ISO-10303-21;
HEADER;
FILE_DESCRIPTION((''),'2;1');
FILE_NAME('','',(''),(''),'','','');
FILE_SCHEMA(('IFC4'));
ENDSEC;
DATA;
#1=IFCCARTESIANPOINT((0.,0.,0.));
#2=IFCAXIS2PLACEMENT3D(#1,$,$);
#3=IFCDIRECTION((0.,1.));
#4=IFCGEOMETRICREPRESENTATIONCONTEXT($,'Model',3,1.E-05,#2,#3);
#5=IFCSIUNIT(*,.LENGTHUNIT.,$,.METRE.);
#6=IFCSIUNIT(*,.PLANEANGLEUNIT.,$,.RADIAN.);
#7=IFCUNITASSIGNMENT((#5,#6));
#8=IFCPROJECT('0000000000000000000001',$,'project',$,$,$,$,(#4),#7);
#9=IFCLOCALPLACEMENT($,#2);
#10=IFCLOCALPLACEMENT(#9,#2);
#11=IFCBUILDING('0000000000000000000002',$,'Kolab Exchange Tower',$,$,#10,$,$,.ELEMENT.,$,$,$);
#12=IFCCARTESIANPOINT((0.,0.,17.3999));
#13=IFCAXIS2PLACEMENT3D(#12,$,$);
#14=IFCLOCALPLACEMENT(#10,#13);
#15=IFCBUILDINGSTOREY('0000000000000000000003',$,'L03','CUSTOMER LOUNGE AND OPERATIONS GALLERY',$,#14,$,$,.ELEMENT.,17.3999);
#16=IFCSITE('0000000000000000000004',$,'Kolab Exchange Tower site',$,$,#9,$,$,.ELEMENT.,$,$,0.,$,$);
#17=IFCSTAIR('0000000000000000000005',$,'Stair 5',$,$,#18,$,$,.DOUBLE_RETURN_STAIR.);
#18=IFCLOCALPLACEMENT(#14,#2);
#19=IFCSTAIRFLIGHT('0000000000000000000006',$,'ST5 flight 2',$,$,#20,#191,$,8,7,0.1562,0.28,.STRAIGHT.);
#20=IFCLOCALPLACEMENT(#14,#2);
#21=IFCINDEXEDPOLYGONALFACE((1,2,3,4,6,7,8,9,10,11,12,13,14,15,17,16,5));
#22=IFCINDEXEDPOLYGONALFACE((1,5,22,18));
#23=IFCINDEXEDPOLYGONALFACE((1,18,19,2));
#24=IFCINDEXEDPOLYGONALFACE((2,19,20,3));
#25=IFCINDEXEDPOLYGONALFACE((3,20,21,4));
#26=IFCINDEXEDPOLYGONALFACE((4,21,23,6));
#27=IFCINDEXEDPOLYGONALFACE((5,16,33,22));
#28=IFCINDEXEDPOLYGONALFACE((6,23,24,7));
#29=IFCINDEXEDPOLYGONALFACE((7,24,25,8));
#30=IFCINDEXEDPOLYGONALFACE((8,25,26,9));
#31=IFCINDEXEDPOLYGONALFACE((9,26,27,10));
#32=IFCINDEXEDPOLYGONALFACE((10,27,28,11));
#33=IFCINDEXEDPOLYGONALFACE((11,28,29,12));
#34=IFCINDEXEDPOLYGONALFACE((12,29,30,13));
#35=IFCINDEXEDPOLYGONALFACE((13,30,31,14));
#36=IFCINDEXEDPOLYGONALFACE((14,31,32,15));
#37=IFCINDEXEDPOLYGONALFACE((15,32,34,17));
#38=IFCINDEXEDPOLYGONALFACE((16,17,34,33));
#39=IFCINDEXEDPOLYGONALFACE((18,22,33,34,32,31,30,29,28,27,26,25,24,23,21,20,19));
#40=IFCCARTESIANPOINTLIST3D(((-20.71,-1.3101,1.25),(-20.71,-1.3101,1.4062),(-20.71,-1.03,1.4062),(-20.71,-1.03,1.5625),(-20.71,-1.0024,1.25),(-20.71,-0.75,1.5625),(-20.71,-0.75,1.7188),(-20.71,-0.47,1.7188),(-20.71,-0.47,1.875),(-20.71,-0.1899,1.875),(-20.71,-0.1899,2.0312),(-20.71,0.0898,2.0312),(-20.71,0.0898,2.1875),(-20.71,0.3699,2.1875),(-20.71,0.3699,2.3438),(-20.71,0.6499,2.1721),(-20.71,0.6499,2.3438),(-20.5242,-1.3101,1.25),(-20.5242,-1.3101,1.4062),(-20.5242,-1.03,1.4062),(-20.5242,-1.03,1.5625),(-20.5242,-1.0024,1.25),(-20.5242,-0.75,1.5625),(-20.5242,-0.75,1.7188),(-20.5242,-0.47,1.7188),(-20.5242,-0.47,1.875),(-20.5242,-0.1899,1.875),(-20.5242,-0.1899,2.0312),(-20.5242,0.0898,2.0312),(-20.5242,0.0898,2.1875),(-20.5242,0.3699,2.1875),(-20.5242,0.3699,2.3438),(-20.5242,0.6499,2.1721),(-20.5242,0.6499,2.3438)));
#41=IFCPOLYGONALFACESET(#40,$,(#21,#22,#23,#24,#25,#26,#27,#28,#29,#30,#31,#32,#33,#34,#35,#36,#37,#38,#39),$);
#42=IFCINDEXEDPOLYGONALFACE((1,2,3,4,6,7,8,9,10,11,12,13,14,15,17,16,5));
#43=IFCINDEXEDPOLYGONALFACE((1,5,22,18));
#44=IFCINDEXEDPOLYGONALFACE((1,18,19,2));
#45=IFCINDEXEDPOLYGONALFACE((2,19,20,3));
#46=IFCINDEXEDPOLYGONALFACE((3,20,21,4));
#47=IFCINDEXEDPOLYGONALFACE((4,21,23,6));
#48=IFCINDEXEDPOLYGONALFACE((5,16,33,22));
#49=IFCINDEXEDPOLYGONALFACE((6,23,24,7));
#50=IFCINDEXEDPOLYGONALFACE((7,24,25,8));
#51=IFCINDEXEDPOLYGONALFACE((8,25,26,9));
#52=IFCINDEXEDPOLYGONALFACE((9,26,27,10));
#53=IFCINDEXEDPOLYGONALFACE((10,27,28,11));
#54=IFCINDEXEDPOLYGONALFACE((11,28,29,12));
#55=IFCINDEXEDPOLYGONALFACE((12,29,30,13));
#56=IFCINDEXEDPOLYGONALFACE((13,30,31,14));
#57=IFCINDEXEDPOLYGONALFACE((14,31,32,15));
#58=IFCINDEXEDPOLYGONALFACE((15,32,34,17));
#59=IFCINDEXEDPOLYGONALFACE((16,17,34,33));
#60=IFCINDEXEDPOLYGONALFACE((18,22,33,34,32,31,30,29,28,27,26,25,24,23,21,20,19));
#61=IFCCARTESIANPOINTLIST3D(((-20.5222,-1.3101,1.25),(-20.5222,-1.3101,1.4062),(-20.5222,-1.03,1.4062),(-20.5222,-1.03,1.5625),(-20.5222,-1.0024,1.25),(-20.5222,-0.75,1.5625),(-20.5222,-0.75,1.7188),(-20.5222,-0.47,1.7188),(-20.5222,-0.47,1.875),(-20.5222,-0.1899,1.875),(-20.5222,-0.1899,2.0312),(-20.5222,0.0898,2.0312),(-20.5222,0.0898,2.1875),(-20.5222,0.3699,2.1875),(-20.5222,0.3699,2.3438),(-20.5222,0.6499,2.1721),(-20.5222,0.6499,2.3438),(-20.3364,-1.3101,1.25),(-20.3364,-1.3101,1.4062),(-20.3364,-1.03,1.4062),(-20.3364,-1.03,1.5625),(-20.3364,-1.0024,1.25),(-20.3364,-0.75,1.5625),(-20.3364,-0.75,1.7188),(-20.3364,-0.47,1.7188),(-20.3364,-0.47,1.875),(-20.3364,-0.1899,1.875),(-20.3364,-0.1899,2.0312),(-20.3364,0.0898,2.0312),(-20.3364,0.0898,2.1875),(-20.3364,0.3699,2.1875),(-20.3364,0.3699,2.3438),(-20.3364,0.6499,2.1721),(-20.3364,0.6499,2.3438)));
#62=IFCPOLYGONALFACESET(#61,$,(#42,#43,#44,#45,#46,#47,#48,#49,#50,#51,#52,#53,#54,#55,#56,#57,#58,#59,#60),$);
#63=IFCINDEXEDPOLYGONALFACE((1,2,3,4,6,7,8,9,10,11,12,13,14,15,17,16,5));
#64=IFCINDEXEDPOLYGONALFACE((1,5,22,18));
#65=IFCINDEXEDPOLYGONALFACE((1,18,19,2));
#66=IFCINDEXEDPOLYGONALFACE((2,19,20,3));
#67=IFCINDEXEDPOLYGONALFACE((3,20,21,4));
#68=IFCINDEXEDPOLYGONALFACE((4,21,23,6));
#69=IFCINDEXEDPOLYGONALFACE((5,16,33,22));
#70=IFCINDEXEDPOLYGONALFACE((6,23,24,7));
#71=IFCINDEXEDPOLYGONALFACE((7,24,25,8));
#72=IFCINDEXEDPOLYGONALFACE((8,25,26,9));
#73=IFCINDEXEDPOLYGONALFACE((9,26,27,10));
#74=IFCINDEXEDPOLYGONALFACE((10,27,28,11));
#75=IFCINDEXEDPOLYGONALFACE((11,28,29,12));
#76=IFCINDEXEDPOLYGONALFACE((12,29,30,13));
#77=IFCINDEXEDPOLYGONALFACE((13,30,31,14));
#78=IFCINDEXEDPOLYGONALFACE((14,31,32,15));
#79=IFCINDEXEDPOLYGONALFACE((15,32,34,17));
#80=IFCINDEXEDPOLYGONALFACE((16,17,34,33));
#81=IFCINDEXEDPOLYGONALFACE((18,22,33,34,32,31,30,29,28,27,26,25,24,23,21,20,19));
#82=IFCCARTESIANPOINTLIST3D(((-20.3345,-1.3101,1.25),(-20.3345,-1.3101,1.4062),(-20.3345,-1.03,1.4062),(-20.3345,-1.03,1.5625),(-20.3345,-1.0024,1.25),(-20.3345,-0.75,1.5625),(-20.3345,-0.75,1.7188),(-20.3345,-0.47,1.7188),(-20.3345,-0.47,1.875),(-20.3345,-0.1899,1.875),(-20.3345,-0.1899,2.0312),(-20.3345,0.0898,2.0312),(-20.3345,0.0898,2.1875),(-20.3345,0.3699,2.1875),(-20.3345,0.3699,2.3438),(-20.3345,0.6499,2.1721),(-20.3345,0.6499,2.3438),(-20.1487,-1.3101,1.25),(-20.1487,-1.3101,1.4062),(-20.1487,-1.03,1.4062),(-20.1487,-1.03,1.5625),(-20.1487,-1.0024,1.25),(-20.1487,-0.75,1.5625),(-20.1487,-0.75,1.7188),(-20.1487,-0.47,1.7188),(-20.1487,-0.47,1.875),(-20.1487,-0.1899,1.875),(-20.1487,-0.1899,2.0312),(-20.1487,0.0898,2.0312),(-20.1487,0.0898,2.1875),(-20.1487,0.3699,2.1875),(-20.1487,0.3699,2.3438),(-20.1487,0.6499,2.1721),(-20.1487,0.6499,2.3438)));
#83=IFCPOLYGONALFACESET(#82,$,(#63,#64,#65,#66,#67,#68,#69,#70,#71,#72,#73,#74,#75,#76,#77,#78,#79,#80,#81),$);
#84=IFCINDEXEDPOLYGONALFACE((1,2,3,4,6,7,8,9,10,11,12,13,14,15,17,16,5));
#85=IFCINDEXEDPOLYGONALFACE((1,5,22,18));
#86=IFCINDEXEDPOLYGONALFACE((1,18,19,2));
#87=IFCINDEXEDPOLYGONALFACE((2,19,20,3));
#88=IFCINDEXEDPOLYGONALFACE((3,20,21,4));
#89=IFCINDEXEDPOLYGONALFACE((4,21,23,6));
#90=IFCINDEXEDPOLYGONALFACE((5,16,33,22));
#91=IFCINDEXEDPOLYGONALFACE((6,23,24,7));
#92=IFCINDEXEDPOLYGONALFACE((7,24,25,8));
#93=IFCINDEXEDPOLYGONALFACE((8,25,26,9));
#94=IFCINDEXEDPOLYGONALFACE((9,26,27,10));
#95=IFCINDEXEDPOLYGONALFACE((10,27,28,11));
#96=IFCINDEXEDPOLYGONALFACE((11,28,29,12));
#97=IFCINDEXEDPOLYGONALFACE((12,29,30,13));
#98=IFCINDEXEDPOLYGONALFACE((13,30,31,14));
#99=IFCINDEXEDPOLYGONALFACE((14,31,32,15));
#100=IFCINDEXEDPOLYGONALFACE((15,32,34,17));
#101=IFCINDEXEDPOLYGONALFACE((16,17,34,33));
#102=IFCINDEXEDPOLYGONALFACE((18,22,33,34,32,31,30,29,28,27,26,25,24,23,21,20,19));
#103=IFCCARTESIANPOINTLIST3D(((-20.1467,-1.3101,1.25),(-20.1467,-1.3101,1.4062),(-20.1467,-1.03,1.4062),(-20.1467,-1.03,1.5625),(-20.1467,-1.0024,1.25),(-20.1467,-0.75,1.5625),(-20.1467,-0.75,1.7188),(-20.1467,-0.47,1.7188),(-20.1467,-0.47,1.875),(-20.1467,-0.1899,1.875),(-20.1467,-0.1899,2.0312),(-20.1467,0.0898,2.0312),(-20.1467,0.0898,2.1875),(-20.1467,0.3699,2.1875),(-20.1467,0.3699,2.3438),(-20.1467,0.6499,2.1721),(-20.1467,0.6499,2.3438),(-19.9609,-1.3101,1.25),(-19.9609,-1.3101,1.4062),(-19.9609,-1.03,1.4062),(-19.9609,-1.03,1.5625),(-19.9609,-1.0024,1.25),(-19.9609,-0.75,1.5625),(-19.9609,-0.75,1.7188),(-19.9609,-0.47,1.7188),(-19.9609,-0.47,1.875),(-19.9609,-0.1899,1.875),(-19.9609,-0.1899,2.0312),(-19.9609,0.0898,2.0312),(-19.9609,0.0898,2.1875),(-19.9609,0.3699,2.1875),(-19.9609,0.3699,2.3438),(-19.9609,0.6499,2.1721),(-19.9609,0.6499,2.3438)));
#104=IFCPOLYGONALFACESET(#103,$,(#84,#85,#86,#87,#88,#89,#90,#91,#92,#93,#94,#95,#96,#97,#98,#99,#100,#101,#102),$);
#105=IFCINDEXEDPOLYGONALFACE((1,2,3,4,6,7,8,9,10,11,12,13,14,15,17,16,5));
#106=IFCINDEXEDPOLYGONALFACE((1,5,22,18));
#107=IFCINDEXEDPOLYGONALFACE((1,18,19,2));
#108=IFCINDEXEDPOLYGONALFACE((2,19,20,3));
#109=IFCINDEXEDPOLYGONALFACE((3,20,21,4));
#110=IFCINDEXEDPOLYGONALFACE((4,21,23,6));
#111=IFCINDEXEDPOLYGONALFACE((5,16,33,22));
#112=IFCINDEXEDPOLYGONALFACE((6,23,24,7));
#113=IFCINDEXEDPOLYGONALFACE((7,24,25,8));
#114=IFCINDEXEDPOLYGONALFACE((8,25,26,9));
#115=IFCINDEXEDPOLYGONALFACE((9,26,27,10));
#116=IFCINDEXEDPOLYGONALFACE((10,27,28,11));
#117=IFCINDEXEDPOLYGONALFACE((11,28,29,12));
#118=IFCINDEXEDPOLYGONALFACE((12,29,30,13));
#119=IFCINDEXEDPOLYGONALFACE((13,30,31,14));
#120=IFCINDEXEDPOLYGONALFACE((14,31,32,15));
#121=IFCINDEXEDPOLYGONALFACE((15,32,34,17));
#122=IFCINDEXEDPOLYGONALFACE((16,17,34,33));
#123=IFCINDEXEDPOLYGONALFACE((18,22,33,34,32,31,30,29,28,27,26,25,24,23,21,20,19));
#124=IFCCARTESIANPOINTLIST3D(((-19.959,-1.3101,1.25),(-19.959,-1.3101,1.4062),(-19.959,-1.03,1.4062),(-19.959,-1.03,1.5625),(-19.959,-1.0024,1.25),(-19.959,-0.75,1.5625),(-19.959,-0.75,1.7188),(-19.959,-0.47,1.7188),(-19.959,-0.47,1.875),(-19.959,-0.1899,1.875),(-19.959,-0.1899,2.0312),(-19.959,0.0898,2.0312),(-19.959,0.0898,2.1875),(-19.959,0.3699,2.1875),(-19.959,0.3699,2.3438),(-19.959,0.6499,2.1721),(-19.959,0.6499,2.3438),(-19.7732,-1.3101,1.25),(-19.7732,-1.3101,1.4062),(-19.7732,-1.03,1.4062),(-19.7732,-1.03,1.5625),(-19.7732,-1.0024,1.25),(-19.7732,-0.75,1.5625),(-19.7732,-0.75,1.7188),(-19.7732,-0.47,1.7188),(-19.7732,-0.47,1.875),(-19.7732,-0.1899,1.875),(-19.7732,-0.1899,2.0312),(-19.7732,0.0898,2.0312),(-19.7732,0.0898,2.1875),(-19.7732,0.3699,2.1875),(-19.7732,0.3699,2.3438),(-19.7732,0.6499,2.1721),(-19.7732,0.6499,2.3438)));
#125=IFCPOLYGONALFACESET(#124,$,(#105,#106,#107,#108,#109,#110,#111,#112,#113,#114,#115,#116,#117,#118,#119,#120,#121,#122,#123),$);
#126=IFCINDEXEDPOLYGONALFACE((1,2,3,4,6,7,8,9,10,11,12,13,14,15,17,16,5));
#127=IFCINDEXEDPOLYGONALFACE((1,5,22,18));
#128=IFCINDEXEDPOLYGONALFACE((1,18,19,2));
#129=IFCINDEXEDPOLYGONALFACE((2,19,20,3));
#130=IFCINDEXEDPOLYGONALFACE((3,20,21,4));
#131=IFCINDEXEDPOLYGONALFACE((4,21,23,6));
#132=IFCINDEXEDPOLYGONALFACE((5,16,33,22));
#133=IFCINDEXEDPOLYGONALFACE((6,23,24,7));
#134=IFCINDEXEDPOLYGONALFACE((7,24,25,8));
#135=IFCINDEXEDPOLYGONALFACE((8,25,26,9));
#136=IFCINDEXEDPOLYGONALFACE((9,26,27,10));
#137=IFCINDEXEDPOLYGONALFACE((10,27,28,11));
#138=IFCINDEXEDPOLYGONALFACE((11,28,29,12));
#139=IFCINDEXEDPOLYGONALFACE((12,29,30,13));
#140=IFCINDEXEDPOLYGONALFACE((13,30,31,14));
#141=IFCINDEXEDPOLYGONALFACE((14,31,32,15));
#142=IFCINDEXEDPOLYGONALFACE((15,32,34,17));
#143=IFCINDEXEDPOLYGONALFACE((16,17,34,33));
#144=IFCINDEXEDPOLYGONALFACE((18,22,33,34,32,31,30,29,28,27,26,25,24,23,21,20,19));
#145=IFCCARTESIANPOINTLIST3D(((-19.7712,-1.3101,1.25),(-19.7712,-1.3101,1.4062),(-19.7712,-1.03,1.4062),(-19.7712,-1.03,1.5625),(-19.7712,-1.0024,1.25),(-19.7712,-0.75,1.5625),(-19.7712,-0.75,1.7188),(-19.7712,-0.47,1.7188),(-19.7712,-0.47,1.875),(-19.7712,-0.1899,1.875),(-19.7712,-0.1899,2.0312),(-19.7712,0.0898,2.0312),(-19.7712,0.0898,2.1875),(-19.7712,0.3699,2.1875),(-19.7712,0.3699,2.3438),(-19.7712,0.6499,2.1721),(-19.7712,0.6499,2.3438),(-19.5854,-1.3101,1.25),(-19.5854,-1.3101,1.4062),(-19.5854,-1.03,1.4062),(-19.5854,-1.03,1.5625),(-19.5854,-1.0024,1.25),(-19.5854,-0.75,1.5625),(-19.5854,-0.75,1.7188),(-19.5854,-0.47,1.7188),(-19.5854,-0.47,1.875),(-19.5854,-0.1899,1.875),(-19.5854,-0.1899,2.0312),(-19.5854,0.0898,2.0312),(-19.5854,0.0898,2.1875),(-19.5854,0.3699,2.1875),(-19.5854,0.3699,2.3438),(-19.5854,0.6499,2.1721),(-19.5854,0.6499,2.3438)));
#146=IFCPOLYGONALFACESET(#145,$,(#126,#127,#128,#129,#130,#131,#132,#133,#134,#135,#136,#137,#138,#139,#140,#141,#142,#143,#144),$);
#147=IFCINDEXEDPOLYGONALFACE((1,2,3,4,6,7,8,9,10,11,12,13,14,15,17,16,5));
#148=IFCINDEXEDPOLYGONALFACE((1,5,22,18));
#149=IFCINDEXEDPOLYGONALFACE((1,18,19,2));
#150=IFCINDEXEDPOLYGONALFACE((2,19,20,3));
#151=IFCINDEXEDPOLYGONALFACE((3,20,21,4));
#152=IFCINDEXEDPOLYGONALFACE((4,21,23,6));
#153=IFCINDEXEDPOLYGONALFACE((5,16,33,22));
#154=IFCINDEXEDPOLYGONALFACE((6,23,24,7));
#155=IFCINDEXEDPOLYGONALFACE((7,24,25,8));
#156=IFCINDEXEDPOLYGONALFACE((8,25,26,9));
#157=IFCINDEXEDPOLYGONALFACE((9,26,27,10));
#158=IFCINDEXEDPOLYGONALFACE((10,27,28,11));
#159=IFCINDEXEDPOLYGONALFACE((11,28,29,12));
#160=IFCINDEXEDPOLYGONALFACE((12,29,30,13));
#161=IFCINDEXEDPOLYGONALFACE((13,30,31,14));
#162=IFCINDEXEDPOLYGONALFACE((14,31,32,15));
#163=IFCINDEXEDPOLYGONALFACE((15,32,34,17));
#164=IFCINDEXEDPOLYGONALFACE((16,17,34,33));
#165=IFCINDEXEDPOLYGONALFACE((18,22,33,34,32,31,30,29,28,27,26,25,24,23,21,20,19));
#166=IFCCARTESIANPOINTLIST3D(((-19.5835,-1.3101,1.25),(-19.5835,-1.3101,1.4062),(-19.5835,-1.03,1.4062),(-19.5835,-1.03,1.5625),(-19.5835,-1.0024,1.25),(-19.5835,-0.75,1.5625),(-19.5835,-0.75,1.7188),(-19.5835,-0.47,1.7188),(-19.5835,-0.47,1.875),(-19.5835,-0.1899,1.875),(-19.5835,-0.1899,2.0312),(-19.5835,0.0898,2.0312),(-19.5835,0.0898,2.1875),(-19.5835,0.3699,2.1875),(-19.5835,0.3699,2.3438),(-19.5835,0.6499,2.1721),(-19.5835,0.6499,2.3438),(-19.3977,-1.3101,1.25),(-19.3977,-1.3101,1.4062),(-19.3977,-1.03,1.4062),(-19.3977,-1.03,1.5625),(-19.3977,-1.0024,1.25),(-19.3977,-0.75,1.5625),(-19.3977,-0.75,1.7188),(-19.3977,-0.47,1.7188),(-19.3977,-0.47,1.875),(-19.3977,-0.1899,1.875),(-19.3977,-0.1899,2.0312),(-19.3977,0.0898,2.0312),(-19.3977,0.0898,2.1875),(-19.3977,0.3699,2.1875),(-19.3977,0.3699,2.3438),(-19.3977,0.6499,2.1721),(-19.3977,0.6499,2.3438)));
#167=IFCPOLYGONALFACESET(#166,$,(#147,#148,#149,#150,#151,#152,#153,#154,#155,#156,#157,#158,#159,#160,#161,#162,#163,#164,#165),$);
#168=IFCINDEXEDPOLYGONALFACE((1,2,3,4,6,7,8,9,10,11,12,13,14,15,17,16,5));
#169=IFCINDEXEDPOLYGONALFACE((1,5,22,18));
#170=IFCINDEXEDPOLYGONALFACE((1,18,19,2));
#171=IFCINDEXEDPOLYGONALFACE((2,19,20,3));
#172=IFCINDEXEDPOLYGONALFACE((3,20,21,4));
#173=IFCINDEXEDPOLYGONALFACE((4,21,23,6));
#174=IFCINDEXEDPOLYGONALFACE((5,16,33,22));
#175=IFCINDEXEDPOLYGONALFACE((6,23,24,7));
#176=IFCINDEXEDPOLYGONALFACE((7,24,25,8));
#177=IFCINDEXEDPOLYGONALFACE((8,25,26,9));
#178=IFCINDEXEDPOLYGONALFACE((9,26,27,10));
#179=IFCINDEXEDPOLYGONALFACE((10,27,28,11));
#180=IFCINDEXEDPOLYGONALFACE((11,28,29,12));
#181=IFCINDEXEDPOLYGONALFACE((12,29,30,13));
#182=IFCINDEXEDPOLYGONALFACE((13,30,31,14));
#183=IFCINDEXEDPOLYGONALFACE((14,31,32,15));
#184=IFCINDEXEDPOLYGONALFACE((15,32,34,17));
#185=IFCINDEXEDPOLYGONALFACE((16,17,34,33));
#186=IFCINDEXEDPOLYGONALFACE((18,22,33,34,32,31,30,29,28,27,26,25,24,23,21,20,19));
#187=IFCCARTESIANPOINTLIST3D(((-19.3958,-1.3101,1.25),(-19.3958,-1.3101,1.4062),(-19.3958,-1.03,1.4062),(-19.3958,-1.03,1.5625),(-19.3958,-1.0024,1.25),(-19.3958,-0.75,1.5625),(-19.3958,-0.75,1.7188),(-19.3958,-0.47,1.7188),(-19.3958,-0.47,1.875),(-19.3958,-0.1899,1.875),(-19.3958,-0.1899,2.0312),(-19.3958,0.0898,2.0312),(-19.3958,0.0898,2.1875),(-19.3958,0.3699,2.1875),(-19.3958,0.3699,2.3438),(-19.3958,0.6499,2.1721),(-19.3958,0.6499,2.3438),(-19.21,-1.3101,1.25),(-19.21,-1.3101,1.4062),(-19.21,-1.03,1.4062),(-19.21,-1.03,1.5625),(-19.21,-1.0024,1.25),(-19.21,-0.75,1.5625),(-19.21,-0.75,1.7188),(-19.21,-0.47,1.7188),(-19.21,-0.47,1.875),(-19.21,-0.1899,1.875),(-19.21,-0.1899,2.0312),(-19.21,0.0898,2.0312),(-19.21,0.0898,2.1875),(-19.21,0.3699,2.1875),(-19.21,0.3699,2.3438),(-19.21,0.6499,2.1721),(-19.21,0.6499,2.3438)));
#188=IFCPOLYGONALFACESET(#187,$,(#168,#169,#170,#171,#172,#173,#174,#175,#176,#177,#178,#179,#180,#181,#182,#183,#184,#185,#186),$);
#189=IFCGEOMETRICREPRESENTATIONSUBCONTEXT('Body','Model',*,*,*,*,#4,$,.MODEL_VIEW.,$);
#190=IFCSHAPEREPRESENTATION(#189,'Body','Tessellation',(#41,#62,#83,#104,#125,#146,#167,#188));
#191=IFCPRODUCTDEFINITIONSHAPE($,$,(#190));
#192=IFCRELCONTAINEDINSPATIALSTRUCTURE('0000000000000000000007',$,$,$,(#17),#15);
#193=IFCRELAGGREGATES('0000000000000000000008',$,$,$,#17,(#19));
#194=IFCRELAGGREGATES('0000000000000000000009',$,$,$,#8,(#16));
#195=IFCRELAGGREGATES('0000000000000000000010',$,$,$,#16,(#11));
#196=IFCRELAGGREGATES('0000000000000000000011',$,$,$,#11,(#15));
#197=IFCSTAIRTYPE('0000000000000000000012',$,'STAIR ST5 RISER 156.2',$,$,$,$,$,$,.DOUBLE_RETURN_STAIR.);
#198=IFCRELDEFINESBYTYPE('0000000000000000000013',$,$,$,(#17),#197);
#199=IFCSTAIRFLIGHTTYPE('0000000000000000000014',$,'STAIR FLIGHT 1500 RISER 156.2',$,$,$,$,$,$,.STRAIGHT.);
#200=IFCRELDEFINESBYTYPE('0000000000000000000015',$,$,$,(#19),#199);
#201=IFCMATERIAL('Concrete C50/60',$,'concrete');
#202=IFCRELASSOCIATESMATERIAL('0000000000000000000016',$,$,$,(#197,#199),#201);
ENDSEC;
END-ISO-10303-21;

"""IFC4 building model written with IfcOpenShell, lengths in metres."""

from ifc_helpers import new_model, si_unit, direction, frame, origin, place, context, subcontext, project, spatial, polyline, outline, extrude, material, type_object, element, aggregate, save


model = new_model("IFC4")

# Units and contexts
model_context = context("Model", 3, precision=1e-05, world=origin(), true_north=direction((0.0, 1.0)))
body_context = subcontext(model_context, "Body", "Model", "MODEL_VIEW")
ifc_project = project(units=[si_unit("LENGTHUNIT", "METRE"), si_unit("PLANEANGLEUNIT", "RADIAN")], contexts=[model_context])

# Site, building, storey
site_placement = place(None, origin())
site = spatial("IfcSite", under=ifc_project, at=site_placement, Name="Kolab Exchange Tower site", CompositionType="ELEMENT", RefElevation=0.0)
building_placement = place(site_placement, origin())
building = spatial("IfcBuilding", under=site, at=building_placement, Name="Kolab Exchange Tower", CompositionType="ELEMENT")
storey_placement = place(building_placement, frame((0.0, 0.0, 17.3999)))
storey = spatial("IfcBuildingStorey", under=building, at=storey_placement, Name="L03", Description="CUSTOMER LOUNGE AND OPERATIONS GALLERY", CompositionType="ELEMENT", Elevation=17.3999)

# Shared definitions
ifc_material_1 = material(Name="Concrete C50/60", Category="concrete")

# Stair, stair flight
stair_type = type_object("IfcStairType", Name="STAIR ST5 RISER 156.2", PredefinedType="DOUBLE_RETURN_STAIR", material=ifc_material_1)
stair_placement = place(storey_placement, origin())
stair = element("IfcStair", 1, at=stair_placement, inside=storey, type_object=stair_type, Name="Stair 5", PredefinedType="DOUBLE_RETURN_STAIR")
stair_flight_type = type_object("IfcStairFlightType", Name="STAIR FLIGHT 1500 RISER 156.2", PredefinedType="STRAIGHT", material=ifc_material_1)
stair_flight_1_placement = place(storey_placement, frame((-19.96, -1.3101, 1.25), z_axis=(0.0, 0.0, 1.0), x_axis=(0.0, 1.0, 0.0)))
stair_flight_1 = element("IfcStairFlight", 2, at=stair_flight_1_placement, type_object=stair_flight_type, Name="ST5 flight 2", NumberOfRisers=8, NumberOfTreads=7, PredefinedType="STRAIGHT", RiserHeight=0.1562, TreadLength=0.28, context=body_context, shape_type="SweptSolid", body=[
    extrude(outline(polyline([(0.0, 0.0), (0.0, 0.1562), (0.28, 0.1562), (0.28, 0.3125), (0.5601, 0.3125), (0.5601, 0.4688), (0.8401, 0.4688), (0.8401, 0.625), (1.1201, 0.625), (1.1201, 0.7812), (1.3999, 0.7812), (1.3999, 0.9375), (1.6799, 0.9375), (1.6799, 1.0938), (1.96, 1.0938), (1.96, 1.25), (1.96, 0.9221), (0.3076, 0.0), (0.0, 0.0)])), frame((0.0, 0.75, 0.0), z_axis=(0.0, -1.0, 0.0), x_axis=(1.0, 0.0, 0.0)), (0.0, 0.0, 1.0), 0.1858),
    extrude(outline(polyline([(0.0, 0.0), (0.0, 0.1562), (0.28, 0.1562), (0.28, 0.3125), (0.5601, 0.3125), (0.5601, 0.4688), (0.8401, 0.4688), (0.8401, 0.625), (1.1201, 0.625), (1.1201, 0.7812), (1.3999, 0.7812), (1.3999, 0.9375), (1.6799, 0.9375), (1.6799, 1.0938), (1.96, 1.0938), (1.96, 1.25), (1.96, 0.9221), (0.3076, 0.0), (0.0, 0.0)])), frame((0.0, 0.5623, 0.0), z_axis=(0.0, -1.0, 0.0), x_axis=(1.0, 0.0, 0.0)), (0.0, 0.0, 1.0), 0.1858),
    extrude(outline(polyline([(0.0, 0.0), (0.0, 0.1562), (0.28, 0.1562), (0.28, 0.3125), (0.5601, 0.3125), (0.5601, 0.4688), (0.8401, 0.4688), (0.8401, 0.625), (1.1201, 0.625), (1.1201, 0.7812), (1.3999, 0.7812), (1.3999, 0.9375), (1.6799, 0.9375), (1.6799, 1.0938), (1.96, 1.0938), (1.96, 1.25), (1.96, 0.9221), (0.3076, 0.0), (0.0, 0.0)])), frame((0.0, 0.3745, 0.0), z_axis=(0.0, -1.0, 0.0), x_axis=(1.0, 0.0, 0.0)), (0.0, 0.0, 1.0), 0.1858),
    extrude(outline(polyline([(0.0, 0.0), (0.0, 0.1562), (0.28, 0.1562), (0.28, 0.3125), (0.5601, 0.3125), (0.5601, 0.4688), (0.8401, 0.4688), (0.8401, 0.625), (1.1201, 0.625), (1.1201, 0.7812), (1.3999, 0.7812), (1.3999, 0.9375), (1.6799, 0.9375), (1.6799, 1.0938), (1.96, 1.0938), (1.96, 1.25), (1.96, 0.9221), (0.3076, 0.0), (0.0, 0.0)])), frame((0.0, 0.1868, 0.0), z_axis=(0.0, -1.0, 0.0), x_axis=(1.0, 0.0, 0.0)), (0.0, 0.0, 1.0), 0.1858),
    extrude(outline(polyline([(0.0, 0.0), (0.0, 0.1562), (0.28, 0.1562), (0.28, 0.3125), (0.5601, 0.3125), (0.5601, 0.4688), (0.8401, 0.4688), (0.8401, 0.625), (1.1201, 0.625), (1.1201, 0.7812), (1.3999, 0.7812), (1.3999, 0.9375), (1.6799, 0.9375), (1.6799, 1.0938), (1.96, 1.0938), (1.96, 1.25), (1.96, 0.9221), (0.3076, 0.0), (0.0, 0.0)])), frame((0.0, -0.001, 0.0), z_axis=(0.0, -1.0, 0.0), x_axis=(1.0, 0.0, 0.0)), (0.0, 0.0, 1.0), 0.1858),
    extrude(outline(polyline([(0.0, 0.0), (0.0, 0.1562), (0.28, 0.1562), (0.28, 0.3125), (0.5601, 0.3125), (0.5601, 0.4688), (0.8401, 0.4688), (0.8401, 0.625), (1.1201, 0.625), (1.1201, 0.7812), (1.3999, 0.7812), (1.3999, 0.9375), (1.6799, 0.9375), (1.6799, 1.0938), (1.96, 1.0938), (1.96, 1.25), (1.96, 0.9221), (0.3076, 0.0), (0.0, 0.0)])), frame((0.0, -0.1887, 0.0), z_axis=(0.0, -1.0, 0.0), x_axis=(1.0, 0.0, 0.0)), (0.0, 0.0, 1.0), 0.1858),
    extrude(outline(polyline([(0.0, 0.0), (0.0, 0.1562), (0.28, 0.1562), (0.28, 0.3125), (0.5601, 0.3125), (0.5601, 0.4688), (0.8401, 0.4688), (0.8401, 0.625), (1.1201, 0.625), (1.1201, 0.7812), (1.3999, 0.7812), (1.3999, 0.9375), (1.6799, 0.9375), (1.6799, 1.0938), (1.96, 1.0938), (1.96, 1.25), (1.96, 0.9221), (0.3076, 0.0), (0.0, 0.0)])), frame((0.0, -0.3765, 0.0), z_axis=(0.0, -1.0, 0.0), x_axis=(1.0, 0.0, 0.0)), (0.0, 0.0, 1.0), 0.1858),
    extrude(outline(polyline([(0.0, 0.0), (0.0, 0.1562), (0.28, 0.1562), (0.28, 0.3125), (0.5601, 0.3125), (0.5601, 0.4688), (0.8401, 0.4688), (0.8401, 0.625), (1.1201, 0.625), (1.1201, 0.7812), (1.3999, 0.7812), (1.3999, 0.9375), (1.6799, 0.9375), (1.6799, 1.0938), (1.96, 1.0938), (1.96, 1.25), (1.96, 0.9221), (0.3076, 0.0), (0.0, 0.0)])), frame((0.0, -0.5642, 0.0), z_axis=(0.0, -1.0, 0.0), x_axis=(1.0, 0.0, 0.0)), (0.0, 0.0, 1.0), 0.1858),
])
aggregate(stair, [stair_flight_1])

save(model, "model.ifc")
